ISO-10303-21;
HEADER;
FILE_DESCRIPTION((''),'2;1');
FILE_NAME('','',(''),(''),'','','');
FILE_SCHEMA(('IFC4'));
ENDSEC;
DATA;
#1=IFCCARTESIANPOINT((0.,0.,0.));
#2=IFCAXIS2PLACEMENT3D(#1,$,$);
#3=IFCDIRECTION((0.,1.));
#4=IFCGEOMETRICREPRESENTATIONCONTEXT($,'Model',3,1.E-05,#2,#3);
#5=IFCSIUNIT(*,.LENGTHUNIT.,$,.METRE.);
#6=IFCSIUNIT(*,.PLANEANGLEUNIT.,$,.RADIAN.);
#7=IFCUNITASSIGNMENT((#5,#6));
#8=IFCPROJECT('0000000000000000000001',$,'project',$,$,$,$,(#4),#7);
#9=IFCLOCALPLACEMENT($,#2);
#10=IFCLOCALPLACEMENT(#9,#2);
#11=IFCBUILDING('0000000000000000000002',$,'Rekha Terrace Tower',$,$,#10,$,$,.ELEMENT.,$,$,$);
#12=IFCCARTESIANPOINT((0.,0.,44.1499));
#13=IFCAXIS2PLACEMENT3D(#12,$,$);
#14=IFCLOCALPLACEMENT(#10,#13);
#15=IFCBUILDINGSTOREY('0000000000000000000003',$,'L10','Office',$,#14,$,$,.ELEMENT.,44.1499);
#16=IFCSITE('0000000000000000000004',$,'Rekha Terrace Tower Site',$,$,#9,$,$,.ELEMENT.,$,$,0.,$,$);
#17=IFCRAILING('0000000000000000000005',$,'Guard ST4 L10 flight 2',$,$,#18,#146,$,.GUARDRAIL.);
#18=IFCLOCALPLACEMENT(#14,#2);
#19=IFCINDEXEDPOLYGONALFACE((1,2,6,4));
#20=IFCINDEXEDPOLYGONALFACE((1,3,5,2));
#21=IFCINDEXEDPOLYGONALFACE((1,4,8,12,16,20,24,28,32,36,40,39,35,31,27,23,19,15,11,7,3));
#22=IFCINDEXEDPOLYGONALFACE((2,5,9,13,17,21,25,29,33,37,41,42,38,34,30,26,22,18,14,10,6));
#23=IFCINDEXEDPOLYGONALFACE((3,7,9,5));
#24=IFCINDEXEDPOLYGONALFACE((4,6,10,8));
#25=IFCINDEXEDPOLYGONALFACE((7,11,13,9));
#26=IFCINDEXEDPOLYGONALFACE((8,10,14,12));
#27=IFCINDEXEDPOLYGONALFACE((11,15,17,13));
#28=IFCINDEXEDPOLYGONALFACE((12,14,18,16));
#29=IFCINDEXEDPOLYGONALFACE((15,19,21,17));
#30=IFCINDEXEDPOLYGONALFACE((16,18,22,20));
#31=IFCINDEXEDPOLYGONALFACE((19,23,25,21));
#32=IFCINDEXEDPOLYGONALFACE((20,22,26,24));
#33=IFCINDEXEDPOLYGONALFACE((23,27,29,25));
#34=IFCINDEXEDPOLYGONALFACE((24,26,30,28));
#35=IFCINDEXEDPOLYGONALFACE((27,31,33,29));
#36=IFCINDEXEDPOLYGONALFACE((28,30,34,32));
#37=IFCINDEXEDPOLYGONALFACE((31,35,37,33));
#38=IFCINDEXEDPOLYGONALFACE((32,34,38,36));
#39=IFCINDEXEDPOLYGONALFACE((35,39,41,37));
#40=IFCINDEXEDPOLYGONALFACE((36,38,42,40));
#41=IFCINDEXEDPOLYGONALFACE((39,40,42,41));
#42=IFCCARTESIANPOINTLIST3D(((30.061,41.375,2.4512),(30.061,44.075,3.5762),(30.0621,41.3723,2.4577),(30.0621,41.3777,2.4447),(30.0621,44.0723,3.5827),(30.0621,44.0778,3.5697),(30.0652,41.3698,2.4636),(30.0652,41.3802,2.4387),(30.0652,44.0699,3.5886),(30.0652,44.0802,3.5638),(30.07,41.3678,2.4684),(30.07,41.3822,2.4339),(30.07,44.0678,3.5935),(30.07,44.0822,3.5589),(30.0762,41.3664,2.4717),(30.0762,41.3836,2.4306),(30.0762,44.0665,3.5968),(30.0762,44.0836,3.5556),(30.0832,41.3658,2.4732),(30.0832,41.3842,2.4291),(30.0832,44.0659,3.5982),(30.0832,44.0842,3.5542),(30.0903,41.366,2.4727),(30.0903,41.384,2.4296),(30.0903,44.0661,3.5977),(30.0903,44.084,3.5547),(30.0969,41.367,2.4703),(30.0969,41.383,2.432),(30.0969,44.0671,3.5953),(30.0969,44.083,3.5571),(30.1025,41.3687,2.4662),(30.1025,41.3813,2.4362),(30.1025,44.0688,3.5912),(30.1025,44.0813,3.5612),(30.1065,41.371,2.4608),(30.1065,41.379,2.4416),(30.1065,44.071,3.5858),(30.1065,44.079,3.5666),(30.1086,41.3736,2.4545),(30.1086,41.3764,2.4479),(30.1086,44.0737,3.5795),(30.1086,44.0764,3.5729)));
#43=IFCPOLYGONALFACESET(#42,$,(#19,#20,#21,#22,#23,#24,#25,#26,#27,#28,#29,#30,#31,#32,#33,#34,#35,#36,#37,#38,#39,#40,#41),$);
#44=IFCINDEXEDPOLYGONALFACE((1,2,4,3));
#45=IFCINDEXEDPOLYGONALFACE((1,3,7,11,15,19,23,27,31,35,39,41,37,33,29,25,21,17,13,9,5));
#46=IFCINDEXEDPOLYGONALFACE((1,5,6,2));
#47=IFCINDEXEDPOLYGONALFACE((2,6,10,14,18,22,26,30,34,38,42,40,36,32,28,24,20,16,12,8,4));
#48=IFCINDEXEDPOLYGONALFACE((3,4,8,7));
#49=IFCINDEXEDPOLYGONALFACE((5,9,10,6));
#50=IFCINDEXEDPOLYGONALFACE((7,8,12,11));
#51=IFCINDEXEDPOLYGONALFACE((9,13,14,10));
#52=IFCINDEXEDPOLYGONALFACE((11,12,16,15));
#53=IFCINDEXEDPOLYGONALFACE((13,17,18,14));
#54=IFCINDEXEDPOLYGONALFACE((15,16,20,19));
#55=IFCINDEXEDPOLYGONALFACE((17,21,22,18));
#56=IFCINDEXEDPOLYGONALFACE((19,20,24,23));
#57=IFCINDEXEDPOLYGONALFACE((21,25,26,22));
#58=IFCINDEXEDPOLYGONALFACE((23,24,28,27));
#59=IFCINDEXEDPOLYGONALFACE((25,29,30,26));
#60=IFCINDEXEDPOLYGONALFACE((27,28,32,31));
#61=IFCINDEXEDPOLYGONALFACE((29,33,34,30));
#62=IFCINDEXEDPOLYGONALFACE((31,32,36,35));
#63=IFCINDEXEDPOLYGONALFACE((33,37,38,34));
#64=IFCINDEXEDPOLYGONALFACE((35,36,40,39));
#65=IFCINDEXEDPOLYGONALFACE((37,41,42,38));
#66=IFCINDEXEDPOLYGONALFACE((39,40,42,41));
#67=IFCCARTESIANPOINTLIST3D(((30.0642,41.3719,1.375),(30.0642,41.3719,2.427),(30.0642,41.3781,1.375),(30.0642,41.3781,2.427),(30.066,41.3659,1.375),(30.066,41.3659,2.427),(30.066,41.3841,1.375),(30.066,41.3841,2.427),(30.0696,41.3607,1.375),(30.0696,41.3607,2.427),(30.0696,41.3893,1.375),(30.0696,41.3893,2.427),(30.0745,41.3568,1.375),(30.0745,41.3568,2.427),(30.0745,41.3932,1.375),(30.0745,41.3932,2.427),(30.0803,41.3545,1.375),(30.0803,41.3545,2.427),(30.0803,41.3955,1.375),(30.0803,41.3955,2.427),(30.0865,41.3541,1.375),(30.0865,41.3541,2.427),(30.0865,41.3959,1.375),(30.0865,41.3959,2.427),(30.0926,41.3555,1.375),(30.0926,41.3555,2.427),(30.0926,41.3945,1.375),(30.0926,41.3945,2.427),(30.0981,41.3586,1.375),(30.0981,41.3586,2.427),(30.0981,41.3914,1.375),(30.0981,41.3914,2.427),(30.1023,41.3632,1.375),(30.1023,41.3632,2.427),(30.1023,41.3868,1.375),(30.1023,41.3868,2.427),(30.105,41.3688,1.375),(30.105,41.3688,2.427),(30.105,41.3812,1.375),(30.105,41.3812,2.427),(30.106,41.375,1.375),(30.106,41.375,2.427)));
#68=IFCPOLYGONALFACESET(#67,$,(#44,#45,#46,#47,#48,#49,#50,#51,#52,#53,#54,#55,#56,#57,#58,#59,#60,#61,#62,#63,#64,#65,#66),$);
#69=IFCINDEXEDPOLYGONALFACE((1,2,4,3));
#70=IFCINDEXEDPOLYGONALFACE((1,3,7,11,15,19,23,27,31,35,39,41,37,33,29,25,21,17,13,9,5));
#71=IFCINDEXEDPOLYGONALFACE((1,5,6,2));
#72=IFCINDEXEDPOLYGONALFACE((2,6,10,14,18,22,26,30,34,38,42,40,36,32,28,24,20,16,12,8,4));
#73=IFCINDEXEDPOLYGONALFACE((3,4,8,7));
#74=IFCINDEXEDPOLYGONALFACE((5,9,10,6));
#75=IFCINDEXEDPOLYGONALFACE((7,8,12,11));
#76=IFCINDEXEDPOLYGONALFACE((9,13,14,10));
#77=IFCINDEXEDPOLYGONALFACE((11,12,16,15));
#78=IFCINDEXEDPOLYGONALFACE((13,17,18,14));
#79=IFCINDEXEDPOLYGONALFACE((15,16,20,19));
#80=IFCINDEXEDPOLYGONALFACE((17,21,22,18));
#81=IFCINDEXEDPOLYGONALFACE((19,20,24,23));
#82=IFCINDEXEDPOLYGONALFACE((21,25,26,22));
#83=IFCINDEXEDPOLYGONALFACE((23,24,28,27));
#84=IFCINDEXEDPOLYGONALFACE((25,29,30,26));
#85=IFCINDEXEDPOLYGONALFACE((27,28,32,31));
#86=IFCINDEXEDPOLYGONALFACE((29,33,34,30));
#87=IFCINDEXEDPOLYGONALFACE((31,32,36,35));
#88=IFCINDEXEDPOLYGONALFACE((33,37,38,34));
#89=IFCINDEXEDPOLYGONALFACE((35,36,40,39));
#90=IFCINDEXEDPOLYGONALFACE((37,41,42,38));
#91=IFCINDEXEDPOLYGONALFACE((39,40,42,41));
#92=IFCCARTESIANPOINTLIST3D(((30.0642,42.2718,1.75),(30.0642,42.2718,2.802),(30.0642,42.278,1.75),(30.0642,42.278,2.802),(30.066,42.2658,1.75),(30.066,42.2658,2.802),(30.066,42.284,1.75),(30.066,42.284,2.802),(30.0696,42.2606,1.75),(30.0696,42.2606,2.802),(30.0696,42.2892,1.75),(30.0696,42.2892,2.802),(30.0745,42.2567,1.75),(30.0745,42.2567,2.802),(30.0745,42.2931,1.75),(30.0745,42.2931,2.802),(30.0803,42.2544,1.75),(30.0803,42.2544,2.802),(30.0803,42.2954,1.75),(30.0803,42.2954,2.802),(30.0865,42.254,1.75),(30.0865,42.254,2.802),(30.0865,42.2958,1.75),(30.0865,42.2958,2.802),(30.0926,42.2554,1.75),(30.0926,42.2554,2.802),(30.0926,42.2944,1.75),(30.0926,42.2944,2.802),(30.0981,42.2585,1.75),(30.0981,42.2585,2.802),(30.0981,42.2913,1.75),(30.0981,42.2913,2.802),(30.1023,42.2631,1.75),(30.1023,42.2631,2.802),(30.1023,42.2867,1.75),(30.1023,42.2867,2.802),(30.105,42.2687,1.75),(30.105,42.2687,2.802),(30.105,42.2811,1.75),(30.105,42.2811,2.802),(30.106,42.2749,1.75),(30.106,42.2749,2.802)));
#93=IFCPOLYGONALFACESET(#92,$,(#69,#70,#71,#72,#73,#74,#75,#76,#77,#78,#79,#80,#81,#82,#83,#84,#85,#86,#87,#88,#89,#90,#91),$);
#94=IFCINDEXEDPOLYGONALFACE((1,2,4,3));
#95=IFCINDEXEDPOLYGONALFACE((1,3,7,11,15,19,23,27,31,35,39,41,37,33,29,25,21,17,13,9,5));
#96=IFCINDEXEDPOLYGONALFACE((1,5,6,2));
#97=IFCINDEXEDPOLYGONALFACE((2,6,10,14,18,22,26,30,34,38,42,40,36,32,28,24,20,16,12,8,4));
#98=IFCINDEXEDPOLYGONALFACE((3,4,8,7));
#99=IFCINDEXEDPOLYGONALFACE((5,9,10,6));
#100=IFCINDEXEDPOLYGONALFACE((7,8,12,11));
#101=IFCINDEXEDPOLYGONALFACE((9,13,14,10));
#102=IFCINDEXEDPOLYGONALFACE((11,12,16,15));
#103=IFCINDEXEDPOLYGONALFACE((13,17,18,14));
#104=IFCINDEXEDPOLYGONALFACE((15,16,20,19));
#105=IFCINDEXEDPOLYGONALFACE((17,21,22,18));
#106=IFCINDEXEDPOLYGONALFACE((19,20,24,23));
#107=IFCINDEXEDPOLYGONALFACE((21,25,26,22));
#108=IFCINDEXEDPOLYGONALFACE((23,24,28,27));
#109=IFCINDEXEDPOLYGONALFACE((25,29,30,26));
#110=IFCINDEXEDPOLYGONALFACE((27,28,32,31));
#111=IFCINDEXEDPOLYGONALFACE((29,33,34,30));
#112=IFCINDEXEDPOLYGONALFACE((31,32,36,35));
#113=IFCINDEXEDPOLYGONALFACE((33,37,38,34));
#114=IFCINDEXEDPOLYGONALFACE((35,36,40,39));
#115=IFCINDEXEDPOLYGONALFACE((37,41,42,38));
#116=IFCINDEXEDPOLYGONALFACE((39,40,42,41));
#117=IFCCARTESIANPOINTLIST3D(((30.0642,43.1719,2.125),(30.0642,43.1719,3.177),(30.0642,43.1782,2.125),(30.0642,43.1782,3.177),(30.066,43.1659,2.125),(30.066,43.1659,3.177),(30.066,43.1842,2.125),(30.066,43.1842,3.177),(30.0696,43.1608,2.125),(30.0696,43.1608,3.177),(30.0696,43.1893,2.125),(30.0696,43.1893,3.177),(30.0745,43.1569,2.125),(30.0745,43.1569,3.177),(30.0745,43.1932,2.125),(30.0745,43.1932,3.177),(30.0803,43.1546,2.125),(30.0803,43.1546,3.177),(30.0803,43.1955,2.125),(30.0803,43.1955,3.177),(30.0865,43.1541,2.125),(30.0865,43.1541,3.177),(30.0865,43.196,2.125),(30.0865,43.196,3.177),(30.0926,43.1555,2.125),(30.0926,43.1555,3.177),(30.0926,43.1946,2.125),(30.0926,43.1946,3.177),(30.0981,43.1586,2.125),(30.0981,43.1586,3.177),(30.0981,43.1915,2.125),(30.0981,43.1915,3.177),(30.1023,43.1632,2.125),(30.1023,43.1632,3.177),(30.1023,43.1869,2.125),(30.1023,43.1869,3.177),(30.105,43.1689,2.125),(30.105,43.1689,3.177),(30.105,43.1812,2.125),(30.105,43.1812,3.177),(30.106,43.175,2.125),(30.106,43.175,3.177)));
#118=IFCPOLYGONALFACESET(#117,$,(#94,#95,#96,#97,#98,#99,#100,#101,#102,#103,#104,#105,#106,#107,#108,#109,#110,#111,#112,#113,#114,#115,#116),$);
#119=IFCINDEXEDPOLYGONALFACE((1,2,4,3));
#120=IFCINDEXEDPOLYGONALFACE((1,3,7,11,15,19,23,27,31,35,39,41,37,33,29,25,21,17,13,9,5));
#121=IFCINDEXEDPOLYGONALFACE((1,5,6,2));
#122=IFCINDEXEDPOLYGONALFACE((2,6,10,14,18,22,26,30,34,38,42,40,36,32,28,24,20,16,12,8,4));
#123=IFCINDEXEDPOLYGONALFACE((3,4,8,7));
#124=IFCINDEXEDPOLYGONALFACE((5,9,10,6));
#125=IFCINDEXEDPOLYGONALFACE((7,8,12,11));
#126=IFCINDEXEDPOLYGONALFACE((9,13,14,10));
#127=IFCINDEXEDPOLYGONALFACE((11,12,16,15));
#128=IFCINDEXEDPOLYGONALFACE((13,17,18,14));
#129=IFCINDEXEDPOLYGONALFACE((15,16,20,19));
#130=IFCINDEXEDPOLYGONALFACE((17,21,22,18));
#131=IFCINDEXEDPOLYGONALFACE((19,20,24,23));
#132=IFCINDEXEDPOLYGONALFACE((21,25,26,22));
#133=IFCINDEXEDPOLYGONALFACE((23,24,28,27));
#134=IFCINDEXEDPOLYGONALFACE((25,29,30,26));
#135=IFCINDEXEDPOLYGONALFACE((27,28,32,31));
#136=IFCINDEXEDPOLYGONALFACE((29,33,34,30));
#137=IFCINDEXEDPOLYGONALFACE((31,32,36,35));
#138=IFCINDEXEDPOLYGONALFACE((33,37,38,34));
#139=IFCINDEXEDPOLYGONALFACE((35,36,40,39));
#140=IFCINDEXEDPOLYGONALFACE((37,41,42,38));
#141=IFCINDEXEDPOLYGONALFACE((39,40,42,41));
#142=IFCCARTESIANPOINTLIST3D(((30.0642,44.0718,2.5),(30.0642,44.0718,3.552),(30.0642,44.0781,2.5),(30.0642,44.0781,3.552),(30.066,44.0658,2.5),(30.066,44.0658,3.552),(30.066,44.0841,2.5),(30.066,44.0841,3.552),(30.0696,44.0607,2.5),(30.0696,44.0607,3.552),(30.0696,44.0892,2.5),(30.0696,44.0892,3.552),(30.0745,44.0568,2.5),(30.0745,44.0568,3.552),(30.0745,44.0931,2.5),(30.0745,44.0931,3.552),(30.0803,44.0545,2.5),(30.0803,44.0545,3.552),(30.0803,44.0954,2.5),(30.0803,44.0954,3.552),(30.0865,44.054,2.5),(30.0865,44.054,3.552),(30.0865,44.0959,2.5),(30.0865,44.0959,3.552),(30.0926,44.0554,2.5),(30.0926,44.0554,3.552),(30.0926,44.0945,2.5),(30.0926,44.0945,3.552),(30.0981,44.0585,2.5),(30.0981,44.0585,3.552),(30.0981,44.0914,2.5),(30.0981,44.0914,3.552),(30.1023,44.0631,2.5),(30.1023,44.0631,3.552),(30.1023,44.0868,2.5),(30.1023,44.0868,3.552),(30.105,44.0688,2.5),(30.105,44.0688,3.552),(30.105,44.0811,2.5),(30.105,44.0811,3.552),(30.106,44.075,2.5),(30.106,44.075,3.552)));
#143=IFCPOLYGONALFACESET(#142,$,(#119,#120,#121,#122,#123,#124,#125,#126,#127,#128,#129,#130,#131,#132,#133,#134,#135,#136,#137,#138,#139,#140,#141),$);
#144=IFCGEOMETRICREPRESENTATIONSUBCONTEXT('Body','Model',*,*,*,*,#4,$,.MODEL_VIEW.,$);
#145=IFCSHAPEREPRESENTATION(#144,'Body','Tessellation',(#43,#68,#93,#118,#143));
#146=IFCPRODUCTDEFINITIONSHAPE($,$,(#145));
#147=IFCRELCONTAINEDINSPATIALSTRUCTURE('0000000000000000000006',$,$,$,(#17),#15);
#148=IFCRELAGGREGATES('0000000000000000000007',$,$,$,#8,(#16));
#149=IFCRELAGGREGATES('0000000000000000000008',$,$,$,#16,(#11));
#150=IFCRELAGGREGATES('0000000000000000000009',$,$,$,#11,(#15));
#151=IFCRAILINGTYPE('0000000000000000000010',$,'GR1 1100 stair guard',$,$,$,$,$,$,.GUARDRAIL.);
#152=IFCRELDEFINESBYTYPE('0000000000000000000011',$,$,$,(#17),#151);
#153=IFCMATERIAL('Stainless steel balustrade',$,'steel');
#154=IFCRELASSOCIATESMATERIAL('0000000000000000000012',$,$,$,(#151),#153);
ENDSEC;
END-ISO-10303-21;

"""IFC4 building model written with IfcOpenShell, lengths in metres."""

from ifc_helpers import new_model, si_unit, direction, frame, origin, origin_2d, place, context, subcontext, project, spatial, circle, extrude, material, type_object, element, save


model = new_model("IFC4")

# Units and contexts
model_context = context("Model", 3, precision=1e-05, world=origin(), true_north=direction((0.0, 1.0)))
body_context = subcontext(model_context, "Body", "Model", "MODEL_VIEW")
ifc_project = project(units=[si_unit("LENGTHUNIT", "METRE"), si_unit("PLANEANGLEUNIT", "RADIAN")], contexts=[model_context])

# Site, building, storey
site_placement = place(None, origin())
site = spatial("IfcSite", under=ifc_project, at=site_placement, Name="Rekha Terrace Tower Site", CompositionType="ELEMENT", RefElevation=0.0)
building_placement = place(site_placement, origin())
building = spatial("IfcBuilding", under=site, at=building_placement, Name="Rekha Terrace Tower", CompositionType="ELEMENT")
storey_placement = place(building_placement, frame((0.0, 0.0, 44.1499)))
storey = spatial("IfcBuildingStorey", under=building, at=storey_placement, Name="L10", Description="Office", CompositionType="ELEMENT", Elevation=44.1499)

# Railing
ifc_material_1 = material(Name="Stainless steel balustrade", Category="steel")
railing_type_1 = type_object("IfcRailingType", Name="GR1 1100 stair guard", PredefinedType="GUARDRAIL", material=ifc_material_1)
railing_1_placement = place(storey_placement, frame((30.085, 41.375, 1.375)))
element("IfcRailing", 1, at=railing_1_placement, inside=storey, type_object=railing_type_1, Name="Guard ST4 L10 flight 2", PredefinedType="GUARDRAIL", context=body_context, shape_type="SweptSolid", body=[
    extrude(circle(Radius=0.0239, at=origin_2d()), frame((0.0, 0.0, 1.0762), z_axis=(0.0, 0.923074, 0.384621), x_axis=(-1.0, 0.0, 0.0)), (0.0, 0.0, 1.0), 2.925),
    extrude(circle(Radius=0.021, at=origin_2d()), origin(), (0.0, 0.0, 1.0), 1.052),
    extrude(circle(Radius=0.021, at=origin_2d()), frame((0.0, 0.8999, 0.375)), (0.0, 0.0, 1.0), 1.052),
    extrude(circle(Radius=0.021, at=origin_2d()), frame((0.0, 1.8, 0.75)), (0.0, 0.0, 1.0), 1.052),
    extrude(circle(Radius=0.021, at=origin_2d()), frame((0.0, 2.7, 1.125)), (0.0, 0.0, 1.0), 1.052),
])

save(model, "model.ifc")
